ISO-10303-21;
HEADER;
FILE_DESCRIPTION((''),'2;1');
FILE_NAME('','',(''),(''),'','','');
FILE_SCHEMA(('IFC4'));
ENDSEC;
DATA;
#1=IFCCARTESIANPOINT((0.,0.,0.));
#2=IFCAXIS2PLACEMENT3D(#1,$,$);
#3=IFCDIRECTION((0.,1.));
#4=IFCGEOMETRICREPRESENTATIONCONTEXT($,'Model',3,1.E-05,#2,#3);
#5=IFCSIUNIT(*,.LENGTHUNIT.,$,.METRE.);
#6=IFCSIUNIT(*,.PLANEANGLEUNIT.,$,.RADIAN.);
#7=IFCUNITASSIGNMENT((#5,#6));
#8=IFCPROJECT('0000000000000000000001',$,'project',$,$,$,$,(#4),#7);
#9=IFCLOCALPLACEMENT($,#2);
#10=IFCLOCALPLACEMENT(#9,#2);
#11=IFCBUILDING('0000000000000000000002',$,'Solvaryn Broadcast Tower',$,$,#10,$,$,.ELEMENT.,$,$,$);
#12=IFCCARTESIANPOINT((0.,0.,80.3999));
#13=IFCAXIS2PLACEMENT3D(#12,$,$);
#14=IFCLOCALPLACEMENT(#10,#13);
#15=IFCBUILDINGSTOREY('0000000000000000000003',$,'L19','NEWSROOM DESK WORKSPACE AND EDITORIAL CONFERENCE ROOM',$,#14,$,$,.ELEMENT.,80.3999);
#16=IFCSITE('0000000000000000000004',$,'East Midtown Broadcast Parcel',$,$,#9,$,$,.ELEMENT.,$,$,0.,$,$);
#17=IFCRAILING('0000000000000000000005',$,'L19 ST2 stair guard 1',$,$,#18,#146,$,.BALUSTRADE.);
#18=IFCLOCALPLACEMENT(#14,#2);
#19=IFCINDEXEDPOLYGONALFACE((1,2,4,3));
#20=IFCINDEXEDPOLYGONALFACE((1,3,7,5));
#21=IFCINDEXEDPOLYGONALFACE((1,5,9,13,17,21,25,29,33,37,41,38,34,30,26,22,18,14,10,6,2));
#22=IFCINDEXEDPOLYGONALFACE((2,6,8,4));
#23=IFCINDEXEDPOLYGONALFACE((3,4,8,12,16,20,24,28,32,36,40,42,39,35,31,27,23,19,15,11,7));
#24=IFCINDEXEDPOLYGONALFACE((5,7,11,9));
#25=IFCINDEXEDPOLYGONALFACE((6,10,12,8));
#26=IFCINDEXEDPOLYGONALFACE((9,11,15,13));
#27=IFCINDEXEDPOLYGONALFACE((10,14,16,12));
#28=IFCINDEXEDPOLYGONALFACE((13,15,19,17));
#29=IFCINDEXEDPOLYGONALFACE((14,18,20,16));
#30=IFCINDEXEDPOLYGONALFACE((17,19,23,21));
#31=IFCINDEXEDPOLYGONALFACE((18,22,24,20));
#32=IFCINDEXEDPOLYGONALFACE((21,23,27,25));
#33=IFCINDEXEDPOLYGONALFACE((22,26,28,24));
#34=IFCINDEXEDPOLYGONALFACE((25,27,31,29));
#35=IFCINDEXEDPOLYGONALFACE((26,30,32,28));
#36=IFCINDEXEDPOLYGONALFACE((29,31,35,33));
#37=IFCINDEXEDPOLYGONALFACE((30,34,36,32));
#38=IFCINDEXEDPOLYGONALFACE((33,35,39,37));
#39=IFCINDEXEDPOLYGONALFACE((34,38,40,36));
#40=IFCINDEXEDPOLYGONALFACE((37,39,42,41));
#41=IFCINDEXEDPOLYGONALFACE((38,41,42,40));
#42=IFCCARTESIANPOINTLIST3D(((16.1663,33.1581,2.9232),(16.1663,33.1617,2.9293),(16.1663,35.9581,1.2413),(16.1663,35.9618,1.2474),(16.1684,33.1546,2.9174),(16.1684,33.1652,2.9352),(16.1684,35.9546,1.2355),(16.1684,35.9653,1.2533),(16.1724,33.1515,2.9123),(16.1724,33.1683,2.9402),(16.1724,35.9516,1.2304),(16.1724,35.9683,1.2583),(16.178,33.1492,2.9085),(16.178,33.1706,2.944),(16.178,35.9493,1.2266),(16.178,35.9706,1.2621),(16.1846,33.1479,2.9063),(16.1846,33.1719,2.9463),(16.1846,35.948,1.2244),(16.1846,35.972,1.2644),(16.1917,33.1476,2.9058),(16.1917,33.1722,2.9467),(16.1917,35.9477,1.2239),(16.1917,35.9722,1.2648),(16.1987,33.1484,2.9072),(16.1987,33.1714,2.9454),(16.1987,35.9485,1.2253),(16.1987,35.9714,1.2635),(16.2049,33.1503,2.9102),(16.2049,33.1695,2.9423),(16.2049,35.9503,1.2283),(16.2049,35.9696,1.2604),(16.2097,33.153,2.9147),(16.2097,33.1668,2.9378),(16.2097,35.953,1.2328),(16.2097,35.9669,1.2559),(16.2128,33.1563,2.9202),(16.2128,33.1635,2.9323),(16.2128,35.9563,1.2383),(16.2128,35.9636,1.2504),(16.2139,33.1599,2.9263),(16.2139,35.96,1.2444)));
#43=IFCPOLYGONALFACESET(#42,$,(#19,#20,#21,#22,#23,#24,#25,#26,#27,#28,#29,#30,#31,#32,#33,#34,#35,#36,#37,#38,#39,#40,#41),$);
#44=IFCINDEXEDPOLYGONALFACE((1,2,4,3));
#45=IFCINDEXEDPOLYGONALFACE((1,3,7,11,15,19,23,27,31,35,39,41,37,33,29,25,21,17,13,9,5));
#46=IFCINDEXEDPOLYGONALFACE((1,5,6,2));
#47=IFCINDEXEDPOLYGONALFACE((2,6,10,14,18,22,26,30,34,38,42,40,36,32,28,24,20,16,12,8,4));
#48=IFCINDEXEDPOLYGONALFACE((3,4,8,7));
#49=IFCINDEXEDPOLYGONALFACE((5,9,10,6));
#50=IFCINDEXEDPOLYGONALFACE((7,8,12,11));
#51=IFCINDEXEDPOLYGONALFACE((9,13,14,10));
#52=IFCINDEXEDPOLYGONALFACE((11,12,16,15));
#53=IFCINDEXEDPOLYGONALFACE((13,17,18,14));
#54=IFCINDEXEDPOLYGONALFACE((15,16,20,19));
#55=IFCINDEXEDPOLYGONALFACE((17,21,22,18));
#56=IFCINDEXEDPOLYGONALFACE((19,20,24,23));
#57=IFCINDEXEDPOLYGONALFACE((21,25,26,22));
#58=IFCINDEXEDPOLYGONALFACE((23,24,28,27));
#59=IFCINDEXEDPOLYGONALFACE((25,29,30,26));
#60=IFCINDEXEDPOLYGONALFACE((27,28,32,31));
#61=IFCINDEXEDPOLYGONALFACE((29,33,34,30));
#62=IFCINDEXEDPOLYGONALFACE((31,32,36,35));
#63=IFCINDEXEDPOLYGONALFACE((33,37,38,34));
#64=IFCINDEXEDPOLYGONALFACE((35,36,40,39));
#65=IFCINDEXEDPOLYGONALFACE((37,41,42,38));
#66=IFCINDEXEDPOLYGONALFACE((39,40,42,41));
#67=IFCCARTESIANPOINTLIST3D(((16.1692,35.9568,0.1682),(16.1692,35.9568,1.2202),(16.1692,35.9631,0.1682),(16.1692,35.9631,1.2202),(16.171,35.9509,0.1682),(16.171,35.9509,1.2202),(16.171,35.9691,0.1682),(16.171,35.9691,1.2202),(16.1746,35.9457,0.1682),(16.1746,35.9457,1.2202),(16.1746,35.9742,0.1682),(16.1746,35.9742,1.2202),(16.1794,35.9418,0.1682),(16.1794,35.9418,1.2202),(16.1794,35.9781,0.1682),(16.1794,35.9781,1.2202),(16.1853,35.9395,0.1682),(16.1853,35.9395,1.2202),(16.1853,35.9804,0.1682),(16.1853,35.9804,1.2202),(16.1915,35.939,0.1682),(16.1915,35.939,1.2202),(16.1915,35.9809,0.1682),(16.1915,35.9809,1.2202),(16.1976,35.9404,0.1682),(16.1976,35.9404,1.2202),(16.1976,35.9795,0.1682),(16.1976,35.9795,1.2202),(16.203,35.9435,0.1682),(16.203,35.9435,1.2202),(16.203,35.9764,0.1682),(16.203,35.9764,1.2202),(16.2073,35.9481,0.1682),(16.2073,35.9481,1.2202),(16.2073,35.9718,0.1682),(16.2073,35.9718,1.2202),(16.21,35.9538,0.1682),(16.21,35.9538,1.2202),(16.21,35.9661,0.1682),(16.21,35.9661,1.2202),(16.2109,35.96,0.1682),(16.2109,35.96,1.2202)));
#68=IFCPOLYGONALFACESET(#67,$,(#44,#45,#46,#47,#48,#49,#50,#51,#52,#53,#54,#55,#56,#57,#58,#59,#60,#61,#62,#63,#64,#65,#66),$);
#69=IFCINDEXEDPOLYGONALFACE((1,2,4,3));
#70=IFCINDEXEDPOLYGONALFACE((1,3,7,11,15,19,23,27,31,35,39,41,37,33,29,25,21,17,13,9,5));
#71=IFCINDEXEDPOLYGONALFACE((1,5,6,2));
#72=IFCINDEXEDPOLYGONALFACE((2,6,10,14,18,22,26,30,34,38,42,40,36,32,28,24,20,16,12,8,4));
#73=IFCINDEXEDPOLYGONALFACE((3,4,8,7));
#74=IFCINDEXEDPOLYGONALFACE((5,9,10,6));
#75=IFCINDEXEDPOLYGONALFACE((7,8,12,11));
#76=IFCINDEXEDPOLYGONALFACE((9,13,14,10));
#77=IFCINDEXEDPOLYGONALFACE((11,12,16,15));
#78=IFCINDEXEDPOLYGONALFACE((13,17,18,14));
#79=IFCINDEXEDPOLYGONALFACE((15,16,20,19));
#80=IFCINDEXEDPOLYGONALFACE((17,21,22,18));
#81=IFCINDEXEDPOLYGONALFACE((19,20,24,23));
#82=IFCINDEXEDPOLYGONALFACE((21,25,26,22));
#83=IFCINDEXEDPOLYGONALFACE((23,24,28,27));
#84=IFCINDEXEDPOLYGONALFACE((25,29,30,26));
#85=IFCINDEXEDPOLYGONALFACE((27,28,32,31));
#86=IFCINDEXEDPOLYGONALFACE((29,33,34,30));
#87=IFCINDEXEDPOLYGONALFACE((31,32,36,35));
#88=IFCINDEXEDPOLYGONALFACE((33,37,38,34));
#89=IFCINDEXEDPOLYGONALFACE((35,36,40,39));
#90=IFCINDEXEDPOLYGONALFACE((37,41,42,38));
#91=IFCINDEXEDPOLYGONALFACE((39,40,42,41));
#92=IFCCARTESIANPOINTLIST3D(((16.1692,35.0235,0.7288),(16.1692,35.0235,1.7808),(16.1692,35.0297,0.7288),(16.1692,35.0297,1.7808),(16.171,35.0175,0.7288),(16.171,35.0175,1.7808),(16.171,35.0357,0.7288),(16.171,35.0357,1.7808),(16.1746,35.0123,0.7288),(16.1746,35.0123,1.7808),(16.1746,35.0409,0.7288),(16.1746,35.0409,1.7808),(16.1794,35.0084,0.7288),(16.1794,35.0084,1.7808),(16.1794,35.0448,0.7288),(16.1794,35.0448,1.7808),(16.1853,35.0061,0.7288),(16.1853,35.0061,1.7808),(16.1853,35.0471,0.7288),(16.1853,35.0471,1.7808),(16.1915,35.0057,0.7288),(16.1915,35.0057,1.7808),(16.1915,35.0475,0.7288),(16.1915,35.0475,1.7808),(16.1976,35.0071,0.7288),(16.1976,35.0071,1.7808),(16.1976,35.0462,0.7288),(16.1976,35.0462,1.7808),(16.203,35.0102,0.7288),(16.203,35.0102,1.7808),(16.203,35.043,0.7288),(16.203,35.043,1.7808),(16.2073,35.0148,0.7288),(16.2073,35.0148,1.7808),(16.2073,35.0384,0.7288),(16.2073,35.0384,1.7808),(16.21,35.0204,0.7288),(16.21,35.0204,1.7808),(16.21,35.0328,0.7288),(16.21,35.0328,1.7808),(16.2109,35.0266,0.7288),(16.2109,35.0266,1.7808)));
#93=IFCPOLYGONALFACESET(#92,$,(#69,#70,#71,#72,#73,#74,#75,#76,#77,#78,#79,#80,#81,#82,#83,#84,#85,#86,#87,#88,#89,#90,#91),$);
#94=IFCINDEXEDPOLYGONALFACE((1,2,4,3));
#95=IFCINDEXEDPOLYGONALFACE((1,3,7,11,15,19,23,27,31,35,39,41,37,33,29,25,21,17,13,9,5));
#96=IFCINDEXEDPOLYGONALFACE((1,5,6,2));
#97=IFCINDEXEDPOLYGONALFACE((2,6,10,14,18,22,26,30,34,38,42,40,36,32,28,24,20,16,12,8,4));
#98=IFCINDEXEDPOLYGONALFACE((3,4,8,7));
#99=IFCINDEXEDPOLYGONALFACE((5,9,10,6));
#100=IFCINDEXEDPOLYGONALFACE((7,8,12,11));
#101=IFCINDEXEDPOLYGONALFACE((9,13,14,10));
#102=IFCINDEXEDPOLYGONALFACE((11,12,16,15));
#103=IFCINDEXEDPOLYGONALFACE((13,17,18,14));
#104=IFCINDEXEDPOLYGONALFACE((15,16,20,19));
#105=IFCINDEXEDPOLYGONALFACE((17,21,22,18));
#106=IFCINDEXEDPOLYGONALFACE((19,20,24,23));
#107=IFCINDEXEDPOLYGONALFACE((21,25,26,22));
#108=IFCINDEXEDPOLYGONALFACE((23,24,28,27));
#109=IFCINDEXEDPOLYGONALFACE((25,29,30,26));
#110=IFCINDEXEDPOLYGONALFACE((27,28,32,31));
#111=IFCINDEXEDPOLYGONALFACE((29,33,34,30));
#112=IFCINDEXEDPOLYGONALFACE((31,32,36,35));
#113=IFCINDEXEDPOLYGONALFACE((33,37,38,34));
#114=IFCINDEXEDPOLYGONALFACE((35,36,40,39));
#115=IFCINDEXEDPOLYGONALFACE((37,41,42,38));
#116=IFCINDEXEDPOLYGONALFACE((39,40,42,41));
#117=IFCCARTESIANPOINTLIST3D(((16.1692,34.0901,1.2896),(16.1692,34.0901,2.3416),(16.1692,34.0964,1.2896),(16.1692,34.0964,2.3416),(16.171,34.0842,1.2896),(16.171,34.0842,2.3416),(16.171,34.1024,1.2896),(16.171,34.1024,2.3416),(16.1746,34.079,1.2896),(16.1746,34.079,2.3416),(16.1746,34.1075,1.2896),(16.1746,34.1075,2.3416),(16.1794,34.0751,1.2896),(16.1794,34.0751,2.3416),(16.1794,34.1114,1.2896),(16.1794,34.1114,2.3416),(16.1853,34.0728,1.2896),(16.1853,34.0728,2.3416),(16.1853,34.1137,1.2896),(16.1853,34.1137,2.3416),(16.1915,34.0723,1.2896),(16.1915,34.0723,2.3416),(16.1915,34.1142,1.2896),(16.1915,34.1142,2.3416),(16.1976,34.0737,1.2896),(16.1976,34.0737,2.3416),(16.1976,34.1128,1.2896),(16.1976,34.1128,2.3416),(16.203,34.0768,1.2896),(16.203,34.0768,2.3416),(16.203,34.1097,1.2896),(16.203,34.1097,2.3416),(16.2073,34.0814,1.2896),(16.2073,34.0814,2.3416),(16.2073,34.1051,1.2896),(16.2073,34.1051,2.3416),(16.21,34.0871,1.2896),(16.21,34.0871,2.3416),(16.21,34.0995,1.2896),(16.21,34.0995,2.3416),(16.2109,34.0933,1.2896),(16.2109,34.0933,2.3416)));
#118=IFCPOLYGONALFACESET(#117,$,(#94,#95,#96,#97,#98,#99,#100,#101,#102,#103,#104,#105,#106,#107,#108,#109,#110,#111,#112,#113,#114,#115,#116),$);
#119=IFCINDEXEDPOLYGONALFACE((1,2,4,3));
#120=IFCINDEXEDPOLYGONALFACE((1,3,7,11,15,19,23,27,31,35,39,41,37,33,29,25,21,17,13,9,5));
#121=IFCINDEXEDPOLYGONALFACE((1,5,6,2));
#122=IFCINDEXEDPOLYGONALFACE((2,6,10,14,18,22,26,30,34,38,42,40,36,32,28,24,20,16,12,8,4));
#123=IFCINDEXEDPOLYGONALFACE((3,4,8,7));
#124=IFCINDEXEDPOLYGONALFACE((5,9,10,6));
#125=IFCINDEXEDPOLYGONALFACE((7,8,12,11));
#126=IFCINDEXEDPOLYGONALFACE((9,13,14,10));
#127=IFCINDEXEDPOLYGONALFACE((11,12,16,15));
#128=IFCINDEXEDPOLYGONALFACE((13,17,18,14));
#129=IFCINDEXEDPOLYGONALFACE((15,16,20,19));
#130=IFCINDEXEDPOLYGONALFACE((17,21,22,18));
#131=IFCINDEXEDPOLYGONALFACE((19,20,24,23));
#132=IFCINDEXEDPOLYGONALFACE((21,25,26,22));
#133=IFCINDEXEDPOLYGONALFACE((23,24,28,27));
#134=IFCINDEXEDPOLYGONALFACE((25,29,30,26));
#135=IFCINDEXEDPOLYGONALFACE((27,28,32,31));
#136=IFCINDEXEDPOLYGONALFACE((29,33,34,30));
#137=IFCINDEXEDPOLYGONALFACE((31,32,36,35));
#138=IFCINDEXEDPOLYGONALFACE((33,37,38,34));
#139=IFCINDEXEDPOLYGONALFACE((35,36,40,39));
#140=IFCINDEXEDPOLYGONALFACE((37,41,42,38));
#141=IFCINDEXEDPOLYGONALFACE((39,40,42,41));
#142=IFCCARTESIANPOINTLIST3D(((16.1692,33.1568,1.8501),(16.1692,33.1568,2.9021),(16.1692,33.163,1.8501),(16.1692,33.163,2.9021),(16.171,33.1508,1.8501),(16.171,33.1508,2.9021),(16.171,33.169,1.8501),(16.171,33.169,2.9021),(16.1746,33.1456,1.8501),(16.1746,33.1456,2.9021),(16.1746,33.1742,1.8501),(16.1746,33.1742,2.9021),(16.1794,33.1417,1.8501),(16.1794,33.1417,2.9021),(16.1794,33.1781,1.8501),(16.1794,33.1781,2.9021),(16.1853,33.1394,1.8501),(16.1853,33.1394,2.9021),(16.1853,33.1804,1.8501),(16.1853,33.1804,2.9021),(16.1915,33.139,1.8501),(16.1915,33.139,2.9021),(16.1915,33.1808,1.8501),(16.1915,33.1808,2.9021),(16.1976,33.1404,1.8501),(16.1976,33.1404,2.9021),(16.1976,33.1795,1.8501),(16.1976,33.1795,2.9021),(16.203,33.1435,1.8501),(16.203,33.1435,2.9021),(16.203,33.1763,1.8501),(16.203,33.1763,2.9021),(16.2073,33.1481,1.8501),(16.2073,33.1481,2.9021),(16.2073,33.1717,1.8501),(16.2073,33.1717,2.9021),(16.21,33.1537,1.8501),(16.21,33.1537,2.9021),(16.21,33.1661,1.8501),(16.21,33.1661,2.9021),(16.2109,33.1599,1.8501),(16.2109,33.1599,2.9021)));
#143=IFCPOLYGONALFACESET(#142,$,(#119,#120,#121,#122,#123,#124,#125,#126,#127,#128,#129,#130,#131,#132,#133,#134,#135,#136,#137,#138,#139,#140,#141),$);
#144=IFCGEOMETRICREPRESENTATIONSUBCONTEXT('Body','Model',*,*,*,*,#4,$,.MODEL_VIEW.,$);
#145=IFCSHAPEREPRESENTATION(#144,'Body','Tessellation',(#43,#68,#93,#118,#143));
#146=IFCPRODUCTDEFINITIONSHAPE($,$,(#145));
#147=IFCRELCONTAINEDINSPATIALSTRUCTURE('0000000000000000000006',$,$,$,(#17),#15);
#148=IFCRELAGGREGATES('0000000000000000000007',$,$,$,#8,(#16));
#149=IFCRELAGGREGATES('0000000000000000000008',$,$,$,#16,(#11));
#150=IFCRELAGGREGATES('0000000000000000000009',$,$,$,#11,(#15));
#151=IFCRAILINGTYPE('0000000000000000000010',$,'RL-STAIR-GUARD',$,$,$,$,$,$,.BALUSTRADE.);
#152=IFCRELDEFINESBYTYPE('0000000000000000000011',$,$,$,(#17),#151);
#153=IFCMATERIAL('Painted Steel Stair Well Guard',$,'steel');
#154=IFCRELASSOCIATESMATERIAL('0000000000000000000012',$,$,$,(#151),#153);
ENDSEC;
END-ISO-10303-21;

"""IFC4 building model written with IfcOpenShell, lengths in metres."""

from ifc_helpers import new_model, si_unit, direction, frame, origin, origin_2d, place, context, subcontext, project, spatial, circle, extrude, material, type_object, element, save


model = new_model("IFC4")

# Units and contexts
model_context = context("Model", 3, precision=1e-05, world=origin(), true_north=direction((0.0, 1.0)))
body_context = subcontext(model_context, "Body", "Model", "MODEL_VIEW")
ifc_project = project(units=[si_unit("LENGTHUNIT", "METRE"), si_unit("PLANEANGLEUNIT", "RADIAN")], contexts=[model_context])

# Site, building, storey
site_placement = place(None, origin())
site = spatial("IfcSite", under=ifc_project, at=site_placement, Name="East Midtown Broadcast Parcel", CompositionType="ELEMENT", RefElevation=0.0)
building_placement = place(site_placement, origin())
building = spatial("IfcBuilding", under=site, at=building_placement, Name="Solvaryn Broadcast Tower", CompositionType="ELEMENT")
storey_placement = place(building_placement, frame((0.0, 0.0, 80.3999)))
storey = spatial("IfcBuildingStorey", under=building, at=storey_placement, Name="L19", Description="NEWSROOM DESK WORKSPACE AND EDITORIAL CONFERENCE ROOM", CompositionType="ELEMENT", Elevation=80.3999)

# Railing
ifc_material_1 = material(Name="Painted Steel Stair Well Guard", Category="steel")
railing_type_1 = type_object("IfcRailingType", Name="RL-STAIR-GUARD", PredefinedType="BALUSTRADE", material=ifc_material_1)
railing_1_placement = place(storey_placement, frame((16.1899, 35.96, 0.1682)))
element("IfcRailing", 1, at=railing_1_placement, inside=storey, type_object=railing_type_1, Name="L19 ST2 stair guard 1", PredefinedType="BALUSTRADE", context=body_context, shape_type="SweptSolid", body=[
    extrude(circle(Radius=0.0239, at=origin_2d()), frame((0.0, 0.0, 1.0762), z_axis=(0.0, -0.857242, 0.514913), x_axis=(1.0, 0.0, 0.0)), (0.0, 0.0, 1.0), 3.2664),
    extrude(circle(Radius=0.021, at=origin_2d()), origin(), (0.0, 0.0, 1.0), 1.052),
    extrude(circle(Radius=0.021, at=origin_2d()), frame((0.0, -0.9333, 0.5605)), (0.0, 0.0, 1.0), 1.052),
    extrude(circle(Radius=0.021, at=origin_2d()), frame((0.0, -1.8667, 1.1213)), (0.0, 0.0, 1.0), 1.052),
    extrude(circle(Radius=0.021, at=origin_2d()), frame((0.0, -2.8, 1.6819)), (0.0, 0.0, 1.0), 1.052),
])

save(model, "model.ifc")
